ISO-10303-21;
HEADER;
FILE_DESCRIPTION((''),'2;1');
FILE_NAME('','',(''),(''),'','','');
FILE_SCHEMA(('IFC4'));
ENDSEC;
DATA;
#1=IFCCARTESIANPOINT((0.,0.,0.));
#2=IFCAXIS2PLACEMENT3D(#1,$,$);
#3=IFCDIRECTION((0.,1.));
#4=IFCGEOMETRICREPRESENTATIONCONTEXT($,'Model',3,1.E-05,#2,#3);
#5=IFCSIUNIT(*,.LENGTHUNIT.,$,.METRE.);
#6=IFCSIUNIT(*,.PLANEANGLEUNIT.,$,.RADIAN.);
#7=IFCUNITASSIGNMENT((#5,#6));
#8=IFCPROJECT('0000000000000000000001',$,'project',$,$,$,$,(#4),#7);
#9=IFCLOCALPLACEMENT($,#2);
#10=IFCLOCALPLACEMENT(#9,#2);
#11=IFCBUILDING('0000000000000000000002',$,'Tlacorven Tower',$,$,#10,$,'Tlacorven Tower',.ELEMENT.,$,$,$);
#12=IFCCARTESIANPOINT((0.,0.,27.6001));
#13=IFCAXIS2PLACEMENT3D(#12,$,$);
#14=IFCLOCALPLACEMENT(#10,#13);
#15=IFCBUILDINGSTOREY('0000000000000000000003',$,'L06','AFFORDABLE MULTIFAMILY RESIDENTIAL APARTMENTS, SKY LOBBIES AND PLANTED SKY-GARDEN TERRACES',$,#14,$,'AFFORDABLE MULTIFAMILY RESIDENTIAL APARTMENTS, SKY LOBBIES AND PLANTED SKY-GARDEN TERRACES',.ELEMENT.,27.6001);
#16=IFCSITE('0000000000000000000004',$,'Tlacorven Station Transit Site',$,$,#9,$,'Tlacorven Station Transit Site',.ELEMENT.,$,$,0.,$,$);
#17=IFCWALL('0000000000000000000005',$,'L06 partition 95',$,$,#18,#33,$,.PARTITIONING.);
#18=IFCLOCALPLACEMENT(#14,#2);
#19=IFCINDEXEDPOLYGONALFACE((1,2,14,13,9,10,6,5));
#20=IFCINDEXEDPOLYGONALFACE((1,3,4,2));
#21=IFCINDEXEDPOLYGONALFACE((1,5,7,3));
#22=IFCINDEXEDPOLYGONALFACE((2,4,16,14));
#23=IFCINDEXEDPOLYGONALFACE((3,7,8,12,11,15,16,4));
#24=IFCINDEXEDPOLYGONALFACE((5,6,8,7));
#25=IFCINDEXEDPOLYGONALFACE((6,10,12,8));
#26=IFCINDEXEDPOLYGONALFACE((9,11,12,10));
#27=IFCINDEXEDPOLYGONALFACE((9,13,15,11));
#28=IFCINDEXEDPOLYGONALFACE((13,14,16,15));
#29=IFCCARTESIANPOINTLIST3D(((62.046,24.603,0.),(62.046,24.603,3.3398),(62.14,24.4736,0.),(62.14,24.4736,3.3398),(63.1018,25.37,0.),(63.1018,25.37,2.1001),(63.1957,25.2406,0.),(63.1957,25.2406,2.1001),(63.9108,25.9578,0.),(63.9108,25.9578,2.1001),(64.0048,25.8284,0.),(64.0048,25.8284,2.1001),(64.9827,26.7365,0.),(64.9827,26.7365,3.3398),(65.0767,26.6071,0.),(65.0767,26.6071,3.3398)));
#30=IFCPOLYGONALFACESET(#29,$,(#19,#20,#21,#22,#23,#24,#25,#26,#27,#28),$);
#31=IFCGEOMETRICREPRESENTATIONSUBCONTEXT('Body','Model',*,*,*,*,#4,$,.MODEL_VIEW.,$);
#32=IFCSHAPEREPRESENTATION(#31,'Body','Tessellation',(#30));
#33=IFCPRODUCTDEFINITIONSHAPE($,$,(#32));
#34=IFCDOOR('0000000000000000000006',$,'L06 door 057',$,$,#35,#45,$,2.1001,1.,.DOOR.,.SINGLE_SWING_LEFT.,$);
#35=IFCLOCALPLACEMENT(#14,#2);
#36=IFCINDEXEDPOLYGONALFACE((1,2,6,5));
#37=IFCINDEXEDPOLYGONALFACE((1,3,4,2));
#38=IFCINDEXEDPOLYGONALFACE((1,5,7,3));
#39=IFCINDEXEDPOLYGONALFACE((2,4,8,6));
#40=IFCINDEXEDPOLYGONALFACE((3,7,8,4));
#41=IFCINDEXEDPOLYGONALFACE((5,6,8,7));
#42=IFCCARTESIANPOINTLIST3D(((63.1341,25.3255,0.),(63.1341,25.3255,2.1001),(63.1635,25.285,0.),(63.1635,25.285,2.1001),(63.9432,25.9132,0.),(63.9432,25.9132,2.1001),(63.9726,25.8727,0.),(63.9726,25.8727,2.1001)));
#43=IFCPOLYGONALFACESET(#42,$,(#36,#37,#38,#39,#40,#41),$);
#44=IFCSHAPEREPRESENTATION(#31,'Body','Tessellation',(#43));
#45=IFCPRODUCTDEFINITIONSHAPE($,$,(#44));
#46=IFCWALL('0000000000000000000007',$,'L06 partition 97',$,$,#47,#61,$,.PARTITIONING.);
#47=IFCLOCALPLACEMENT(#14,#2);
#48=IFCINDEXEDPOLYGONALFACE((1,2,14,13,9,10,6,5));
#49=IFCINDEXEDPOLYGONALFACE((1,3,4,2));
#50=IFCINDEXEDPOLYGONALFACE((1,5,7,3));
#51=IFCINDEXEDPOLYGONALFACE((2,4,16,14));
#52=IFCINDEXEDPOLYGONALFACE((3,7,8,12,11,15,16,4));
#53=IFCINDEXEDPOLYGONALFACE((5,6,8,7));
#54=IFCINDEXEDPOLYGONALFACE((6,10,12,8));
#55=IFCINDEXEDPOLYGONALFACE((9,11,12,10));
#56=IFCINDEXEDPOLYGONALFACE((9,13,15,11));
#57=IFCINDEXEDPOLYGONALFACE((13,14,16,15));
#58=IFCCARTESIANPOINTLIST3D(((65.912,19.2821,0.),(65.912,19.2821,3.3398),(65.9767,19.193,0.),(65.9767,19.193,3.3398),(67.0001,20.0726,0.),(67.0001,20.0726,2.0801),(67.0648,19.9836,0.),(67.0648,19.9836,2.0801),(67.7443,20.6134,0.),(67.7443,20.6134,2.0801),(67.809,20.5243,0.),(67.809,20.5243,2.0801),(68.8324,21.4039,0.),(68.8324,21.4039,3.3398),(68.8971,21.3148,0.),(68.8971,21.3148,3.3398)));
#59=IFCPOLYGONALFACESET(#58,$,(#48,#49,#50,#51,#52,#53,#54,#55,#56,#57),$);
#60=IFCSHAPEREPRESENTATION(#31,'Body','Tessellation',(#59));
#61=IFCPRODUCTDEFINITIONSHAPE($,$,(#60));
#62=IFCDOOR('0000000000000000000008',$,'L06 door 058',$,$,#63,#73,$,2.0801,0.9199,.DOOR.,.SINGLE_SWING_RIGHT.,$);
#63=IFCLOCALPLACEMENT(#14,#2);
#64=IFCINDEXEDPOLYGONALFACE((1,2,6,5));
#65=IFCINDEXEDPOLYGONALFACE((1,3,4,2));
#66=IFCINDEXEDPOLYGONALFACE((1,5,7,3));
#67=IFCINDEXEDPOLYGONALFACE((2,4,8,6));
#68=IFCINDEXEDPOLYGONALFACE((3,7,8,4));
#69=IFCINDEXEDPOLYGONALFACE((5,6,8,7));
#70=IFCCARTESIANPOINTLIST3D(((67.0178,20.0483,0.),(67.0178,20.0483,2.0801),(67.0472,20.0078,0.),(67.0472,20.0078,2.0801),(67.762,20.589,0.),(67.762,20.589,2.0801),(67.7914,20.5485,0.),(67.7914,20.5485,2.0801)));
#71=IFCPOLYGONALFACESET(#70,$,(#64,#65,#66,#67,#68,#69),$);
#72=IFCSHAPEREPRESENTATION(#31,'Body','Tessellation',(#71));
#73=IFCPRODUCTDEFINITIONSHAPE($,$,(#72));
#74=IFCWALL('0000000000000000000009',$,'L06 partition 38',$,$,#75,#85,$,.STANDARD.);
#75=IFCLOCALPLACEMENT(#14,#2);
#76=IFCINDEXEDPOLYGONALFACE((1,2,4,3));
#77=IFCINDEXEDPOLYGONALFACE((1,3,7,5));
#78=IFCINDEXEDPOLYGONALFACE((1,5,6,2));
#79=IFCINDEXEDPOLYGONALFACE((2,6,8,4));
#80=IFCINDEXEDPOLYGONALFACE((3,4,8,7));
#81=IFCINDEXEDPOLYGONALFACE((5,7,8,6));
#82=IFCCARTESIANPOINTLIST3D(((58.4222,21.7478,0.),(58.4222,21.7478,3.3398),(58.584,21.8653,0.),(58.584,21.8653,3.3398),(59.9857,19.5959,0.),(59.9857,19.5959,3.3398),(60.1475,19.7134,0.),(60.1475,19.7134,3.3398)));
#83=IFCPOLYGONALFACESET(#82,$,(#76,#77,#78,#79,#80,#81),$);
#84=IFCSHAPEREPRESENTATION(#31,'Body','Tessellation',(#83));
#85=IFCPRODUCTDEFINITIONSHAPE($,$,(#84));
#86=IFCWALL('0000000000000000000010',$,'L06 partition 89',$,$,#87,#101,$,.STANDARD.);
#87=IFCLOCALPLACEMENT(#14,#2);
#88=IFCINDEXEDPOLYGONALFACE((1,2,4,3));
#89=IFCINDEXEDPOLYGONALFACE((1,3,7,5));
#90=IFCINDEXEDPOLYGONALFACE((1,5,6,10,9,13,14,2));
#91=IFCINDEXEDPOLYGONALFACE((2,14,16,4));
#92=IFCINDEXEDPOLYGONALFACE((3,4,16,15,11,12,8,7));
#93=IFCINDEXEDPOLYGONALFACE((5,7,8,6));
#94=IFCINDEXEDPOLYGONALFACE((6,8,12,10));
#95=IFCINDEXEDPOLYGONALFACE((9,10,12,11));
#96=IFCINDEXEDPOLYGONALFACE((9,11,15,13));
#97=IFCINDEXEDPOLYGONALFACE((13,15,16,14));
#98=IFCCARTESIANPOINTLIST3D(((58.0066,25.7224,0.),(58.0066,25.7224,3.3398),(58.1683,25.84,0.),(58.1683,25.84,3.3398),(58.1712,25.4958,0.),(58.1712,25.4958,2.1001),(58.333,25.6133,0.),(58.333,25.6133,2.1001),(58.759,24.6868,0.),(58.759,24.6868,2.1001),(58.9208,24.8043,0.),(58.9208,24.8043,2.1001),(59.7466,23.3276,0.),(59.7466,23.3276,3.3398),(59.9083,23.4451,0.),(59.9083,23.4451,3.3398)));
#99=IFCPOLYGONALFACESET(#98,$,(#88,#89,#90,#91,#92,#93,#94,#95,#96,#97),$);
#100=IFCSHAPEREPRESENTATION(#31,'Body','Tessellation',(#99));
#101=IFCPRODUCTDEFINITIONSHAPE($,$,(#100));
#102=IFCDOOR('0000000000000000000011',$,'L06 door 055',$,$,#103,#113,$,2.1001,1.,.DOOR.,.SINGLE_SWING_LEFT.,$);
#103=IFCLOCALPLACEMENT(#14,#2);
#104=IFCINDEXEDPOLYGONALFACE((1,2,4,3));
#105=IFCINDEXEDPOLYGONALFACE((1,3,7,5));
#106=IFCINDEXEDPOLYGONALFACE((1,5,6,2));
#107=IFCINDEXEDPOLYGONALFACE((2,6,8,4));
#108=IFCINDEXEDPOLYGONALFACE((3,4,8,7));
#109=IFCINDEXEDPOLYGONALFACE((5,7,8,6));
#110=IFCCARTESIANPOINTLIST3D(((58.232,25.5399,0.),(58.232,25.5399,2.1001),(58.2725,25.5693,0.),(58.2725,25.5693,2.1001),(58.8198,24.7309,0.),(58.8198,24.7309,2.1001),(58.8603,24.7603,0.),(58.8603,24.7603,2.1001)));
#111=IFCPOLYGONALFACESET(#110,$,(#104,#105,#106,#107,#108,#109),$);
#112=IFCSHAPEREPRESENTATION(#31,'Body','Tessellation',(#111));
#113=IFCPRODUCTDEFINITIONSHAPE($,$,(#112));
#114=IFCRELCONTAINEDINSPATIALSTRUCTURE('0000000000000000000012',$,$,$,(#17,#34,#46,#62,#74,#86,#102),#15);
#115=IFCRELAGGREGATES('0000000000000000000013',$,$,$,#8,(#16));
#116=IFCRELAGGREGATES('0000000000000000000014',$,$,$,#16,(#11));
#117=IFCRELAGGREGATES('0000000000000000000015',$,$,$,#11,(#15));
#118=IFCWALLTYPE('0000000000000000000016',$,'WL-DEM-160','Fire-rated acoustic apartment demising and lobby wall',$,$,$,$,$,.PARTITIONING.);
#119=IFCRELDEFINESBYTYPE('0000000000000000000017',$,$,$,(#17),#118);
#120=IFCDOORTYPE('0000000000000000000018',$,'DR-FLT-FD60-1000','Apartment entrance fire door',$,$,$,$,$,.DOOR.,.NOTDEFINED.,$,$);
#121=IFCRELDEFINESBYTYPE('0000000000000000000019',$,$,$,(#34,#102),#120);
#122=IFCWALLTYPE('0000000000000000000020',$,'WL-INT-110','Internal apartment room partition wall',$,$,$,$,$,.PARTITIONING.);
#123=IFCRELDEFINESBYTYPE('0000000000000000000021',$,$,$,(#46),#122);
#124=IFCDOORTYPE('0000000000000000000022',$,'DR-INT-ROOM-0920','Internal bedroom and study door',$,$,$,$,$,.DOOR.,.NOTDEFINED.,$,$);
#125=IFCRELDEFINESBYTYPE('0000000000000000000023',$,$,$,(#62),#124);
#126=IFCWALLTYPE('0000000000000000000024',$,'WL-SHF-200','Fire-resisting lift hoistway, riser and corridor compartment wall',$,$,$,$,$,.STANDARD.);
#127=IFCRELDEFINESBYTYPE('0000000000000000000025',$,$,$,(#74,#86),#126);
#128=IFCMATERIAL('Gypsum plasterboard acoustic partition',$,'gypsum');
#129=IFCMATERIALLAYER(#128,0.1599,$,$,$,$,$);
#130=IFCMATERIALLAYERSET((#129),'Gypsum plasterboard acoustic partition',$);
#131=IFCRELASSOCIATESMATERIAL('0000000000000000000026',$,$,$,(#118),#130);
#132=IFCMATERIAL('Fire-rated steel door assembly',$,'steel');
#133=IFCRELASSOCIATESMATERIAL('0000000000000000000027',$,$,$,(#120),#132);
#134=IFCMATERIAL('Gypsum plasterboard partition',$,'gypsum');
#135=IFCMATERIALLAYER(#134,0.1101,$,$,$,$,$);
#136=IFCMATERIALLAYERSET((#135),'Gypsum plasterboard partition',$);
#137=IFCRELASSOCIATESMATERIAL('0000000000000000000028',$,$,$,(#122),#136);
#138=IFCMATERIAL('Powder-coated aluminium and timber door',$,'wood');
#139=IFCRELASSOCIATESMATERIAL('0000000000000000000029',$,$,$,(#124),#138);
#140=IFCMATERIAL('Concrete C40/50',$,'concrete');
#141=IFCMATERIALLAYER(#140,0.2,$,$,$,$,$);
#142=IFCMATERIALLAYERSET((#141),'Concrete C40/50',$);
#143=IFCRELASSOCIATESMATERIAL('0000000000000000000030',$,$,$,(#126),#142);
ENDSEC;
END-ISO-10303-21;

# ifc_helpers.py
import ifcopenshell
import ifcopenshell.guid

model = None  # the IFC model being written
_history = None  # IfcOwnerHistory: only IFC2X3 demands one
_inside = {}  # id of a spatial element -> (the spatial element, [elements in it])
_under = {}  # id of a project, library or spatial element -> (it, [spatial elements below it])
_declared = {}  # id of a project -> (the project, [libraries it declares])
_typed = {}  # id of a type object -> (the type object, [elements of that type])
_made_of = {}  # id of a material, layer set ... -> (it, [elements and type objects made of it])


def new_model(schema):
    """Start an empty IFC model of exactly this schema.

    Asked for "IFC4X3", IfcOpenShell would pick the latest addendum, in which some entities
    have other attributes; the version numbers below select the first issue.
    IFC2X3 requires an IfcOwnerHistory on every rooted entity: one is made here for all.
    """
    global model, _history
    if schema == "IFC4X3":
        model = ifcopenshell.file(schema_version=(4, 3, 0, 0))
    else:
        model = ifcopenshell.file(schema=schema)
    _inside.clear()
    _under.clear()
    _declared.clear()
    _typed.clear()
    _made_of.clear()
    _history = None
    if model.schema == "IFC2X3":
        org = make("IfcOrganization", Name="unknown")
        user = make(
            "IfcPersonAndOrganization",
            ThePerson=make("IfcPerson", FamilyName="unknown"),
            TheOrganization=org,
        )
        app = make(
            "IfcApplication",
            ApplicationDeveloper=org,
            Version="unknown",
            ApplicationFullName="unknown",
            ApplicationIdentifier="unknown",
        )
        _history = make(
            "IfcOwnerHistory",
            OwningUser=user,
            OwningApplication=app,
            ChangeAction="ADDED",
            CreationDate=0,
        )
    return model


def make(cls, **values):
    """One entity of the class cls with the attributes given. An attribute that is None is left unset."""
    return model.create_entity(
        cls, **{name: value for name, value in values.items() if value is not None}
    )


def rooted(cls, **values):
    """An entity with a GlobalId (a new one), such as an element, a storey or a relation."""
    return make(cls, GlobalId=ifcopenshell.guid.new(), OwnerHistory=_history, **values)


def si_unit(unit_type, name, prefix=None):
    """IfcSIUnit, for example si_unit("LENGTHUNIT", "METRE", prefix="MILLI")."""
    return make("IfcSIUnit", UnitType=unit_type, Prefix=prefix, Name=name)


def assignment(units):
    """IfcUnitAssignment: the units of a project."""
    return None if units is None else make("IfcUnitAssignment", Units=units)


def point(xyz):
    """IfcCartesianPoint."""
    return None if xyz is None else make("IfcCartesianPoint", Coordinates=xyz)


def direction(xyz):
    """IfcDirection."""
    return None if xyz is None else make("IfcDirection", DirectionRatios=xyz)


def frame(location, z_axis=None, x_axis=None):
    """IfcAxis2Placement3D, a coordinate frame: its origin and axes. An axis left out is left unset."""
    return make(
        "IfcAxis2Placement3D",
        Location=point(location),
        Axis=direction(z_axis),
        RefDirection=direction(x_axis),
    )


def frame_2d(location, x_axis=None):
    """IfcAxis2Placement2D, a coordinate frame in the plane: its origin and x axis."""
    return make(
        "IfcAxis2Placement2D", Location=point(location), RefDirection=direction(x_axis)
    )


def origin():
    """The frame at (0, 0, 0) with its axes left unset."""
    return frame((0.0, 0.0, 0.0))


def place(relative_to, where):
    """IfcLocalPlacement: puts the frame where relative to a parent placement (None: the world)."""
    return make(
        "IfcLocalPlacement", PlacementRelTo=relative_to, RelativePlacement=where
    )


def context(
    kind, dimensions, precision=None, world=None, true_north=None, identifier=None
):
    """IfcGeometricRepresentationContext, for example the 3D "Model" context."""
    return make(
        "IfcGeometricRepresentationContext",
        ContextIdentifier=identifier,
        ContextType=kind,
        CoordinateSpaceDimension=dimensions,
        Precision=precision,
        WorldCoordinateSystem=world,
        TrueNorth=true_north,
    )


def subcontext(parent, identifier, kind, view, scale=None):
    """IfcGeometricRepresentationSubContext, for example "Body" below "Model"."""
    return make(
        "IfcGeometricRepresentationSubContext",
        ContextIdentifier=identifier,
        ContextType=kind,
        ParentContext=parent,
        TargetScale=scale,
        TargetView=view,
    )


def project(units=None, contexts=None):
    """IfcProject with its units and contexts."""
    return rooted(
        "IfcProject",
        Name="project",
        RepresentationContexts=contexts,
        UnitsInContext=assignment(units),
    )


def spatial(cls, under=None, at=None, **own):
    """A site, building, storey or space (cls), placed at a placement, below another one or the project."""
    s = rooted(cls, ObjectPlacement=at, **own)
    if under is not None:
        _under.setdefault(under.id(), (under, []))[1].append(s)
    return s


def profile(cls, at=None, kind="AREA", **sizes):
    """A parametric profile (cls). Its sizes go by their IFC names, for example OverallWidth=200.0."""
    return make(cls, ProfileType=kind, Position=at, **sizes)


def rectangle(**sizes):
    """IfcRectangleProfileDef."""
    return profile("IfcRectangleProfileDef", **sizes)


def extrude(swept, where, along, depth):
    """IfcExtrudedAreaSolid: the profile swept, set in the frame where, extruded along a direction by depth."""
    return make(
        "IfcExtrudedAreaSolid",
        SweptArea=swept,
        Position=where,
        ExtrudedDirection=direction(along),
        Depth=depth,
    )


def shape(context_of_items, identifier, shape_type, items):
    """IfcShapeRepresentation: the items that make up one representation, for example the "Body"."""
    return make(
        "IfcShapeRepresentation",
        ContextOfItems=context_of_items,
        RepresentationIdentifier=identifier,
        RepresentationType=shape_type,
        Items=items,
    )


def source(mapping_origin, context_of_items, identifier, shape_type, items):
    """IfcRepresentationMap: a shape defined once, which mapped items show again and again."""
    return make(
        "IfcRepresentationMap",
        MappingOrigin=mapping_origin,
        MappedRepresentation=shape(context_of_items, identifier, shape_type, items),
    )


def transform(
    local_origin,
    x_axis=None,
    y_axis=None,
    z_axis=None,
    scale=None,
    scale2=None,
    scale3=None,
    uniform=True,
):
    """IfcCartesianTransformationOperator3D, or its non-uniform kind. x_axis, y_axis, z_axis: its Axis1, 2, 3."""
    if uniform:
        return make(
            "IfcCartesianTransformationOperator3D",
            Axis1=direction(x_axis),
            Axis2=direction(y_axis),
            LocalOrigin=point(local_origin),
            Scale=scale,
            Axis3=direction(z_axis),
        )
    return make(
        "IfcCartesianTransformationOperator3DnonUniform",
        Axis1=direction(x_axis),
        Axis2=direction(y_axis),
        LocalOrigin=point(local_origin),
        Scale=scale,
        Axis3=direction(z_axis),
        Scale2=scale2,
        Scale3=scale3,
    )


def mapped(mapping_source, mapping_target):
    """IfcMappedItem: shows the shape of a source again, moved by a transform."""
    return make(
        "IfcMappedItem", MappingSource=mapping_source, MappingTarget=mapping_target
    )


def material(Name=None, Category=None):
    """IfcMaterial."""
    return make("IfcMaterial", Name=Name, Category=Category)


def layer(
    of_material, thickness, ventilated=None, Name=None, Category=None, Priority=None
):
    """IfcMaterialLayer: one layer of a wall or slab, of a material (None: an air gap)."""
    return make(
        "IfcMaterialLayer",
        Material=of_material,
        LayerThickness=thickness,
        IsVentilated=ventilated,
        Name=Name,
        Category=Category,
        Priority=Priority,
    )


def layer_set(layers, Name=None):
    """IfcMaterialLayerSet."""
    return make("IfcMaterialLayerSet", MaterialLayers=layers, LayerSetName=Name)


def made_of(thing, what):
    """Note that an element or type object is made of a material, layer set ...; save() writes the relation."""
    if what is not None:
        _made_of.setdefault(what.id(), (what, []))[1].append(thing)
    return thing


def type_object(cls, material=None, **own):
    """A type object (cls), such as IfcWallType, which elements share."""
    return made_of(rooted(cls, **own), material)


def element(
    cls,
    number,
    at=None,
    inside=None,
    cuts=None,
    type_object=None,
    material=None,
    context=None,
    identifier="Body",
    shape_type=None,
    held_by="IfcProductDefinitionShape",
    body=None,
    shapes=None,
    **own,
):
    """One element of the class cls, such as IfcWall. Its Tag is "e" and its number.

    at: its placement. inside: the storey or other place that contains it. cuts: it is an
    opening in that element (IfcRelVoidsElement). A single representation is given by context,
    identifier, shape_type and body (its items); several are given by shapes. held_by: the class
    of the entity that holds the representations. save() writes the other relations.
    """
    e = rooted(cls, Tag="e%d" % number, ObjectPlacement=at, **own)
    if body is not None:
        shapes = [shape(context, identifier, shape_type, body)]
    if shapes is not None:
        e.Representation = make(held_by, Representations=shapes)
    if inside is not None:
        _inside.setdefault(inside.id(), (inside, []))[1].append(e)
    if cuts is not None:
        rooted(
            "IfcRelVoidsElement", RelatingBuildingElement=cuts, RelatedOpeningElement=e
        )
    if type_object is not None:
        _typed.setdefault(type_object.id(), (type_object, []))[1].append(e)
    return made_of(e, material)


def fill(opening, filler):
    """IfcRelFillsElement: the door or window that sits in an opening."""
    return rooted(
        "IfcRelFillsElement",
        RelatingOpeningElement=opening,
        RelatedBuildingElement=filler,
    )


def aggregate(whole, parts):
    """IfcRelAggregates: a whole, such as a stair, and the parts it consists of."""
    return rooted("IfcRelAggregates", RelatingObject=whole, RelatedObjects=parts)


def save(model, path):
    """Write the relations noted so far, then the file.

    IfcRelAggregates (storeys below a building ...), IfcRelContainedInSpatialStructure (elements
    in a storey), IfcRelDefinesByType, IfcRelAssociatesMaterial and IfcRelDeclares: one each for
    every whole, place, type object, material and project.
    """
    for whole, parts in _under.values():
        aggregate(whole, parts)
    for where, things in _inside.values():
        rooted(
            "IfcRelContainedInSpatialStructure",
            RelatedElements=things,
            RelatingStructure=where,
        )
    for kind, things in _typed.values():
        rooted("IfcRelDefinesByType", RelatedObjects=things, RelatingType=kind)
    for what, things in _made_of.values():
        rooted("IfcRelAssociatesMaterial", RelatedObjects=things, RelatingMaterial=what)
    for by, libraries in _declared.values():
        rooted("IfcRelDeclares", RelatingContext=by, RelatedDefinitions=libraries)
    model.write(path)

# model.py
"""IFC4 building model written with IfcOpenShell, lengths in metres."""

from ifc_helpers import new_model, si_unit, direction, frame, frame_2d, origin, place, context, subcontext, project, spatial, rectangle, extrude, source, transform, mapped, material, layer, layer_set, type_object, element, fill, save


model = new_model("IFC4")

# Units and contexts
model_context = context("Model", 3, precision=1e-05, world=origin(), true_north=direction((0.0, 1.0)))
body_context = subcontext(model_context, "Body", "Model", "MODEL_VIEW")
ifc_project = project(units=[si_unit("LENGTHUNIT", "METRE"), si_unit("PLANEANGLEUNIT", "RADIAN")], contexts=[model_context])

# Site, building, storey
site_placement = place(None, origin())
site = spatial("IfcSite", under=ifc_project, at=site_placement, Name="Tlacorven Station Transit Site", LongName="Tlacorven Station Transit Site", CompositionType="ELEMENT", RefElevation=0.0)
building_placement = place(site_placement, origin())
building = spatial("IfcBuilding", under=site, at=building_placement, Name="Tlacorven Tower", LongName="Tlacorven Tower", CompositionType="ELEMENT")
storey_placement = place(building_placement, frame((0.0, 0.0, 27.6001)))
storey = spatial("IfcBuildingStorey", under=building, at=storey_placement, Name="L06", Description="AFFORDABLE MULTIFAMILY RESIDENTIAL APARTMENTS, SKY LOBBIES AND PLANTED SKY-GARDEN TERRACES", LongName="AFFORDABLE MULTIFAMILY RESIDENTIAL APARTMENTS, SKY LOBBIES AND PLANTED SKY-GARDEN TERRACES", CompositionType="ELEMENT", Elevation=27.6001)

# Walls, openings, doors
ifc_material_1 = material(Name="Gypsum plasterboard acoustic partition", Category="gypsum")
ifc_layer_1 = layer(ifc_material_1, 0.1599)
ifc_layer_set_1 = layer_set([ifc_layer_1], Name="Gypsum plasterboard acoustic partition")
wall_type_1 = type_object("IfcWallType", Name="WL-DEM-160", Description="Fire-rated acoustic apartment demising and lobby wall", PredefinedType="PARTITIONING", material=ifc_layer_set_1)
wall_1_placement = place(storey_placement, frame((62.093, 24.5383, 0.0), z_axis=(0.0, 0.0, 1.0), x_axis=(0.809036, 0.58776, 0.0)))
wall_1 = element("IfcWall", 1, at=wall_1_placement, inside=storey, type_object=wall_type_1, Name="L06 partition 95", PredefinedType="PARTITIONING", context=body_context, shape_type="SweptSolid", body=[
    extrude(rectangle(XDim=3.6299, YDim=0.1599, at=frame_2d((1.8149, 0.0))), origin(), (0.0, 0.0, 1.0), 3.3398),
])
opening_1_placement = place(wall_1_placement, frame((1.3049, 0.0, 0.0)))
opening_1 = element("IfcOpeningElement", 2, at=opening_1_placement, cuts=wall_1, PredefinedType="OPENING", context=body_context, shape_type="SweptSolid", body=[
    extrude(rectangle(XDim=1.0, YDim=2.1001, at=frame_2d((0.5, 1.05))), frame((0.0, 0.0898, 0.0), z_axis=(0.0, -1.0, 0.0), x_axis=(1.0, 0.0, 0.0)), (0.0, 0.0, 1.0), 0.1799),
])
ifc_material_2 = material(Name="Fire-rated steel door assembly", Category="steel")
door_type_1 = type_object("IfcDoorType", Name="DR-FLT-FD60-1000", Description="Apartment entrance fire door", OperationType="NOTDEFINED", PredefinedType="DOOR", material=ifc_material_2)
shared_shape_1 = source(origin(), body_context, "Body", "SweptSolid", [
    extrude(rectangle(XDim=1.0, YDim=2.1001, at=frame_2d((0.5, 1.05))), frame((0.0, 0.0249, 0.0), z_axis=(0.0, -1.0, 0.0), x_axis=(1.0, 0.0, 0.0)), (0.0, 0.0, 1.0), 0.05),
])
door_1_placement = place(opening_1_placement, origin())
door_1 = element("IfcDoor", 3, at=door_1_placement, inside=storey, type_object=door_type_1, Name="L06 door 057", OperationType="SINGLE_SWING_LEFT", OverallHeight=2.1001, OverallWidth=1.0, PredefinedType="DOOR", context=body_context, shape_type="MappedRepresentation", body=[
    mapped(shared_shape_1, transform((0.0, 0.0, 0.0), scale=1.0)),
])
fill(opening_1, door_1)
ifc_material_3 = material(Name="Gypsum plasterboard partition", Category="gypsum")
ifc_layer_2 = layer(ifc_material_3, 0.1101)
ifc_layer_set_2 = layer_set([ifc_layer_2], Name="Gypsum plasterboard partition")
wall_type_2 = type_object("IfcWallType", Name="WL-INT-110", Description="Internal apartment room partition wall", PredefinedType="PARTITIONING", material=ifc_layer_set_2)
wall_2_placement = place(storey_placement, frame((65.9443, 19.2375, 0.0), z_axis=(0.0, 0.0, 1.0), x_axis=(0.809014, 0.58779, 0.0)))
wall_2 = element("IfcWall", 4, at=wall_2_placement, inside=storey, type_object=wall_type_2, Name="L06 partition 97", PredefinedType="PARTITIONING", context=body_context, shape_type="SweptSolid", body=[
    extrude(rectangle(XDim=3.6099, YDim=0.1101, at=frame_2d((1.8049, 0.0))), origin(), (0.0, 0.0, 1.0), 3.3398),
])
opening_2_placement = place(wall_2_placement, frame((1.345, 0.0, 0.0)))
opening_2 = element("IfcOpeningElement", 5, at=opening_2_placement, cuts=wall_2, PredefinedType="OPENING", context=body_context, shape_type="SweptSolid", body=[
    extrude(rectangle(XDim=0.9199, YDim=2.0801, at=frame_2d((0.46, 1.04))), frame((0.0, 0.0649, 0.0), z_axis=(0.0, -1.0, 0.0), x_axis=(1.0, 0.0, 0.0)), (0.0, 0.0, 1.0), 0.1301),
])
ifc_material_4 = material(Name="Powder-coated aluminium and timber door", Category="wood")
door_type_2 = type_object("IfcDoorType", Name="DR-INT-ROOM-0920", Description="Internal bedroom and study door", OperationType="NOTDEFINED", PredefinedType="DOOR", material=ifc_material_4)
shared_shape_2 = source(origin(), body_context, "Body", "SweptSolid", [
    extrude(rectangle(XDim=0.9199, YDim=2.0801, at=frame_2d((0.46, 1.04))), frame((0.0, 0.0249, 0.0), z_axis=(0.0, -1.0, 0.0), x_axis=(1.0, 0.0, 0.0)), (0.0, 0.0, 1.0), 0.05),
])
door_2_placement = place(opening_2_placement, origin())
door_2 = element("IfcDoor", 6, at=door_2_placement, inside=storey, type_object=door_type_2, Name="L06 door 058", OperationType="SINGLE_SWING_RIGHT", OverallHeight=2.0801, OverallWidth=0.9199, PredefinedType="DOOR", context=body_context, shape_type="MappedRepresentation", body=[
    mapped(shared_shape_2, transform((0.0, 0.0, 0.0), scale=1.0)),
])
fill(opening_2, door_2)

# Wall
ifc_material_5 = material(Name="Concrete C40/50", Category="concrete")
ifc_layer_3 = layer(ifc_material_5, 0.2)
ifc_layer_set_3 = layer_set([ifc_layer_3], Name="Concrete C40/50")
wall_type_3 = type_object("IfcWallType", Name="WL-SHF-200", Description="Fire-resisting lift hoistway, riser and corridor compartment wall", PredefinedType="STANDARD", material=ifc_layer_set_3)
wall_3_placement = place(storey_placement, frame((60.0667, 19.6545, 0.0), z_axis=(0.0, 0.0, 1.0), x_axis=(-0.587801, 0.809006, 0.0)))
element("IfcWall", 7, at=wall_3_placement, inside=storey, type_object=wall_type_3, Name="L06 partition 38", PredefinedType="STANDARD", context=body_context, shape_type="SweptSolid", body=[
    extrude(rectangle(XDim=2.6599, YDim=0.2, at=frame_2d((1.3301, 0.0))), origin(), (0.0, 0.0, 1.0), 3.3398),
])

# Wall, opening, door
wall_4_placement = place(storey_placement, frame((59.8274, 23.3865, 0.0), z_axis=(0.0, 0.0, 1.0), x_axis=(-0.587804, 0.809003, 0.0)))
wall_4 = element("IfcWall", 8, at=wall_4_placement, inside=storey, type_object=wall_type_3, Name="L06 partition 89", PredefinedType="STANDARD", context=body_context, shape_type="SweptSolid", body=[
    extrude(rectangle(XDim=2.9602, YDim=0.2, at=frame_2d((1.48, 0.0))), origin(), (0.0, 0.0, 1.0), 3.3398),
])
opening_3_placement = place(wall_4_placement, frame((1.6799, 0.0, 0.0)))
opening_3 = element("IfcOpeningElement", 9, at=opening_3_placement, cuts=wall_4, PredefinedType="OPENING", context=body_context, shape_type="SweptSolid", body=[
    extrude(rectangle(XDim=1.0, YDim=2.1001, at=frame_2d((0.5, 1.05))), frame((0.0, 0.1099, 0.0), z_axis=(0.0, -1.0, 0.0), x_axis=(1.0, 0.0, 0.0)), (0.0, 0.0, 1.0), 0.22),
])
door_3_placement = place(opening_3_placement, origin())
door_3 = element("IfcDoor", 10, at=door_3_placement, inside=storey, type_object=door_type_1, Name="L06 door 055", OperationType="SINGLE_SWING_LEFT", OverallHeight=2.1001, OverallWidth=1.0, PredefinedType="DOOR", context=body_context, shape_type="MappedRepresentation", body=[
    mapped(shared_shape_1, transform((0.0, 0.0, 0.0), scale=1.0)),
])
fill(opening_3, door_3)

save(model, "model.ifc")
